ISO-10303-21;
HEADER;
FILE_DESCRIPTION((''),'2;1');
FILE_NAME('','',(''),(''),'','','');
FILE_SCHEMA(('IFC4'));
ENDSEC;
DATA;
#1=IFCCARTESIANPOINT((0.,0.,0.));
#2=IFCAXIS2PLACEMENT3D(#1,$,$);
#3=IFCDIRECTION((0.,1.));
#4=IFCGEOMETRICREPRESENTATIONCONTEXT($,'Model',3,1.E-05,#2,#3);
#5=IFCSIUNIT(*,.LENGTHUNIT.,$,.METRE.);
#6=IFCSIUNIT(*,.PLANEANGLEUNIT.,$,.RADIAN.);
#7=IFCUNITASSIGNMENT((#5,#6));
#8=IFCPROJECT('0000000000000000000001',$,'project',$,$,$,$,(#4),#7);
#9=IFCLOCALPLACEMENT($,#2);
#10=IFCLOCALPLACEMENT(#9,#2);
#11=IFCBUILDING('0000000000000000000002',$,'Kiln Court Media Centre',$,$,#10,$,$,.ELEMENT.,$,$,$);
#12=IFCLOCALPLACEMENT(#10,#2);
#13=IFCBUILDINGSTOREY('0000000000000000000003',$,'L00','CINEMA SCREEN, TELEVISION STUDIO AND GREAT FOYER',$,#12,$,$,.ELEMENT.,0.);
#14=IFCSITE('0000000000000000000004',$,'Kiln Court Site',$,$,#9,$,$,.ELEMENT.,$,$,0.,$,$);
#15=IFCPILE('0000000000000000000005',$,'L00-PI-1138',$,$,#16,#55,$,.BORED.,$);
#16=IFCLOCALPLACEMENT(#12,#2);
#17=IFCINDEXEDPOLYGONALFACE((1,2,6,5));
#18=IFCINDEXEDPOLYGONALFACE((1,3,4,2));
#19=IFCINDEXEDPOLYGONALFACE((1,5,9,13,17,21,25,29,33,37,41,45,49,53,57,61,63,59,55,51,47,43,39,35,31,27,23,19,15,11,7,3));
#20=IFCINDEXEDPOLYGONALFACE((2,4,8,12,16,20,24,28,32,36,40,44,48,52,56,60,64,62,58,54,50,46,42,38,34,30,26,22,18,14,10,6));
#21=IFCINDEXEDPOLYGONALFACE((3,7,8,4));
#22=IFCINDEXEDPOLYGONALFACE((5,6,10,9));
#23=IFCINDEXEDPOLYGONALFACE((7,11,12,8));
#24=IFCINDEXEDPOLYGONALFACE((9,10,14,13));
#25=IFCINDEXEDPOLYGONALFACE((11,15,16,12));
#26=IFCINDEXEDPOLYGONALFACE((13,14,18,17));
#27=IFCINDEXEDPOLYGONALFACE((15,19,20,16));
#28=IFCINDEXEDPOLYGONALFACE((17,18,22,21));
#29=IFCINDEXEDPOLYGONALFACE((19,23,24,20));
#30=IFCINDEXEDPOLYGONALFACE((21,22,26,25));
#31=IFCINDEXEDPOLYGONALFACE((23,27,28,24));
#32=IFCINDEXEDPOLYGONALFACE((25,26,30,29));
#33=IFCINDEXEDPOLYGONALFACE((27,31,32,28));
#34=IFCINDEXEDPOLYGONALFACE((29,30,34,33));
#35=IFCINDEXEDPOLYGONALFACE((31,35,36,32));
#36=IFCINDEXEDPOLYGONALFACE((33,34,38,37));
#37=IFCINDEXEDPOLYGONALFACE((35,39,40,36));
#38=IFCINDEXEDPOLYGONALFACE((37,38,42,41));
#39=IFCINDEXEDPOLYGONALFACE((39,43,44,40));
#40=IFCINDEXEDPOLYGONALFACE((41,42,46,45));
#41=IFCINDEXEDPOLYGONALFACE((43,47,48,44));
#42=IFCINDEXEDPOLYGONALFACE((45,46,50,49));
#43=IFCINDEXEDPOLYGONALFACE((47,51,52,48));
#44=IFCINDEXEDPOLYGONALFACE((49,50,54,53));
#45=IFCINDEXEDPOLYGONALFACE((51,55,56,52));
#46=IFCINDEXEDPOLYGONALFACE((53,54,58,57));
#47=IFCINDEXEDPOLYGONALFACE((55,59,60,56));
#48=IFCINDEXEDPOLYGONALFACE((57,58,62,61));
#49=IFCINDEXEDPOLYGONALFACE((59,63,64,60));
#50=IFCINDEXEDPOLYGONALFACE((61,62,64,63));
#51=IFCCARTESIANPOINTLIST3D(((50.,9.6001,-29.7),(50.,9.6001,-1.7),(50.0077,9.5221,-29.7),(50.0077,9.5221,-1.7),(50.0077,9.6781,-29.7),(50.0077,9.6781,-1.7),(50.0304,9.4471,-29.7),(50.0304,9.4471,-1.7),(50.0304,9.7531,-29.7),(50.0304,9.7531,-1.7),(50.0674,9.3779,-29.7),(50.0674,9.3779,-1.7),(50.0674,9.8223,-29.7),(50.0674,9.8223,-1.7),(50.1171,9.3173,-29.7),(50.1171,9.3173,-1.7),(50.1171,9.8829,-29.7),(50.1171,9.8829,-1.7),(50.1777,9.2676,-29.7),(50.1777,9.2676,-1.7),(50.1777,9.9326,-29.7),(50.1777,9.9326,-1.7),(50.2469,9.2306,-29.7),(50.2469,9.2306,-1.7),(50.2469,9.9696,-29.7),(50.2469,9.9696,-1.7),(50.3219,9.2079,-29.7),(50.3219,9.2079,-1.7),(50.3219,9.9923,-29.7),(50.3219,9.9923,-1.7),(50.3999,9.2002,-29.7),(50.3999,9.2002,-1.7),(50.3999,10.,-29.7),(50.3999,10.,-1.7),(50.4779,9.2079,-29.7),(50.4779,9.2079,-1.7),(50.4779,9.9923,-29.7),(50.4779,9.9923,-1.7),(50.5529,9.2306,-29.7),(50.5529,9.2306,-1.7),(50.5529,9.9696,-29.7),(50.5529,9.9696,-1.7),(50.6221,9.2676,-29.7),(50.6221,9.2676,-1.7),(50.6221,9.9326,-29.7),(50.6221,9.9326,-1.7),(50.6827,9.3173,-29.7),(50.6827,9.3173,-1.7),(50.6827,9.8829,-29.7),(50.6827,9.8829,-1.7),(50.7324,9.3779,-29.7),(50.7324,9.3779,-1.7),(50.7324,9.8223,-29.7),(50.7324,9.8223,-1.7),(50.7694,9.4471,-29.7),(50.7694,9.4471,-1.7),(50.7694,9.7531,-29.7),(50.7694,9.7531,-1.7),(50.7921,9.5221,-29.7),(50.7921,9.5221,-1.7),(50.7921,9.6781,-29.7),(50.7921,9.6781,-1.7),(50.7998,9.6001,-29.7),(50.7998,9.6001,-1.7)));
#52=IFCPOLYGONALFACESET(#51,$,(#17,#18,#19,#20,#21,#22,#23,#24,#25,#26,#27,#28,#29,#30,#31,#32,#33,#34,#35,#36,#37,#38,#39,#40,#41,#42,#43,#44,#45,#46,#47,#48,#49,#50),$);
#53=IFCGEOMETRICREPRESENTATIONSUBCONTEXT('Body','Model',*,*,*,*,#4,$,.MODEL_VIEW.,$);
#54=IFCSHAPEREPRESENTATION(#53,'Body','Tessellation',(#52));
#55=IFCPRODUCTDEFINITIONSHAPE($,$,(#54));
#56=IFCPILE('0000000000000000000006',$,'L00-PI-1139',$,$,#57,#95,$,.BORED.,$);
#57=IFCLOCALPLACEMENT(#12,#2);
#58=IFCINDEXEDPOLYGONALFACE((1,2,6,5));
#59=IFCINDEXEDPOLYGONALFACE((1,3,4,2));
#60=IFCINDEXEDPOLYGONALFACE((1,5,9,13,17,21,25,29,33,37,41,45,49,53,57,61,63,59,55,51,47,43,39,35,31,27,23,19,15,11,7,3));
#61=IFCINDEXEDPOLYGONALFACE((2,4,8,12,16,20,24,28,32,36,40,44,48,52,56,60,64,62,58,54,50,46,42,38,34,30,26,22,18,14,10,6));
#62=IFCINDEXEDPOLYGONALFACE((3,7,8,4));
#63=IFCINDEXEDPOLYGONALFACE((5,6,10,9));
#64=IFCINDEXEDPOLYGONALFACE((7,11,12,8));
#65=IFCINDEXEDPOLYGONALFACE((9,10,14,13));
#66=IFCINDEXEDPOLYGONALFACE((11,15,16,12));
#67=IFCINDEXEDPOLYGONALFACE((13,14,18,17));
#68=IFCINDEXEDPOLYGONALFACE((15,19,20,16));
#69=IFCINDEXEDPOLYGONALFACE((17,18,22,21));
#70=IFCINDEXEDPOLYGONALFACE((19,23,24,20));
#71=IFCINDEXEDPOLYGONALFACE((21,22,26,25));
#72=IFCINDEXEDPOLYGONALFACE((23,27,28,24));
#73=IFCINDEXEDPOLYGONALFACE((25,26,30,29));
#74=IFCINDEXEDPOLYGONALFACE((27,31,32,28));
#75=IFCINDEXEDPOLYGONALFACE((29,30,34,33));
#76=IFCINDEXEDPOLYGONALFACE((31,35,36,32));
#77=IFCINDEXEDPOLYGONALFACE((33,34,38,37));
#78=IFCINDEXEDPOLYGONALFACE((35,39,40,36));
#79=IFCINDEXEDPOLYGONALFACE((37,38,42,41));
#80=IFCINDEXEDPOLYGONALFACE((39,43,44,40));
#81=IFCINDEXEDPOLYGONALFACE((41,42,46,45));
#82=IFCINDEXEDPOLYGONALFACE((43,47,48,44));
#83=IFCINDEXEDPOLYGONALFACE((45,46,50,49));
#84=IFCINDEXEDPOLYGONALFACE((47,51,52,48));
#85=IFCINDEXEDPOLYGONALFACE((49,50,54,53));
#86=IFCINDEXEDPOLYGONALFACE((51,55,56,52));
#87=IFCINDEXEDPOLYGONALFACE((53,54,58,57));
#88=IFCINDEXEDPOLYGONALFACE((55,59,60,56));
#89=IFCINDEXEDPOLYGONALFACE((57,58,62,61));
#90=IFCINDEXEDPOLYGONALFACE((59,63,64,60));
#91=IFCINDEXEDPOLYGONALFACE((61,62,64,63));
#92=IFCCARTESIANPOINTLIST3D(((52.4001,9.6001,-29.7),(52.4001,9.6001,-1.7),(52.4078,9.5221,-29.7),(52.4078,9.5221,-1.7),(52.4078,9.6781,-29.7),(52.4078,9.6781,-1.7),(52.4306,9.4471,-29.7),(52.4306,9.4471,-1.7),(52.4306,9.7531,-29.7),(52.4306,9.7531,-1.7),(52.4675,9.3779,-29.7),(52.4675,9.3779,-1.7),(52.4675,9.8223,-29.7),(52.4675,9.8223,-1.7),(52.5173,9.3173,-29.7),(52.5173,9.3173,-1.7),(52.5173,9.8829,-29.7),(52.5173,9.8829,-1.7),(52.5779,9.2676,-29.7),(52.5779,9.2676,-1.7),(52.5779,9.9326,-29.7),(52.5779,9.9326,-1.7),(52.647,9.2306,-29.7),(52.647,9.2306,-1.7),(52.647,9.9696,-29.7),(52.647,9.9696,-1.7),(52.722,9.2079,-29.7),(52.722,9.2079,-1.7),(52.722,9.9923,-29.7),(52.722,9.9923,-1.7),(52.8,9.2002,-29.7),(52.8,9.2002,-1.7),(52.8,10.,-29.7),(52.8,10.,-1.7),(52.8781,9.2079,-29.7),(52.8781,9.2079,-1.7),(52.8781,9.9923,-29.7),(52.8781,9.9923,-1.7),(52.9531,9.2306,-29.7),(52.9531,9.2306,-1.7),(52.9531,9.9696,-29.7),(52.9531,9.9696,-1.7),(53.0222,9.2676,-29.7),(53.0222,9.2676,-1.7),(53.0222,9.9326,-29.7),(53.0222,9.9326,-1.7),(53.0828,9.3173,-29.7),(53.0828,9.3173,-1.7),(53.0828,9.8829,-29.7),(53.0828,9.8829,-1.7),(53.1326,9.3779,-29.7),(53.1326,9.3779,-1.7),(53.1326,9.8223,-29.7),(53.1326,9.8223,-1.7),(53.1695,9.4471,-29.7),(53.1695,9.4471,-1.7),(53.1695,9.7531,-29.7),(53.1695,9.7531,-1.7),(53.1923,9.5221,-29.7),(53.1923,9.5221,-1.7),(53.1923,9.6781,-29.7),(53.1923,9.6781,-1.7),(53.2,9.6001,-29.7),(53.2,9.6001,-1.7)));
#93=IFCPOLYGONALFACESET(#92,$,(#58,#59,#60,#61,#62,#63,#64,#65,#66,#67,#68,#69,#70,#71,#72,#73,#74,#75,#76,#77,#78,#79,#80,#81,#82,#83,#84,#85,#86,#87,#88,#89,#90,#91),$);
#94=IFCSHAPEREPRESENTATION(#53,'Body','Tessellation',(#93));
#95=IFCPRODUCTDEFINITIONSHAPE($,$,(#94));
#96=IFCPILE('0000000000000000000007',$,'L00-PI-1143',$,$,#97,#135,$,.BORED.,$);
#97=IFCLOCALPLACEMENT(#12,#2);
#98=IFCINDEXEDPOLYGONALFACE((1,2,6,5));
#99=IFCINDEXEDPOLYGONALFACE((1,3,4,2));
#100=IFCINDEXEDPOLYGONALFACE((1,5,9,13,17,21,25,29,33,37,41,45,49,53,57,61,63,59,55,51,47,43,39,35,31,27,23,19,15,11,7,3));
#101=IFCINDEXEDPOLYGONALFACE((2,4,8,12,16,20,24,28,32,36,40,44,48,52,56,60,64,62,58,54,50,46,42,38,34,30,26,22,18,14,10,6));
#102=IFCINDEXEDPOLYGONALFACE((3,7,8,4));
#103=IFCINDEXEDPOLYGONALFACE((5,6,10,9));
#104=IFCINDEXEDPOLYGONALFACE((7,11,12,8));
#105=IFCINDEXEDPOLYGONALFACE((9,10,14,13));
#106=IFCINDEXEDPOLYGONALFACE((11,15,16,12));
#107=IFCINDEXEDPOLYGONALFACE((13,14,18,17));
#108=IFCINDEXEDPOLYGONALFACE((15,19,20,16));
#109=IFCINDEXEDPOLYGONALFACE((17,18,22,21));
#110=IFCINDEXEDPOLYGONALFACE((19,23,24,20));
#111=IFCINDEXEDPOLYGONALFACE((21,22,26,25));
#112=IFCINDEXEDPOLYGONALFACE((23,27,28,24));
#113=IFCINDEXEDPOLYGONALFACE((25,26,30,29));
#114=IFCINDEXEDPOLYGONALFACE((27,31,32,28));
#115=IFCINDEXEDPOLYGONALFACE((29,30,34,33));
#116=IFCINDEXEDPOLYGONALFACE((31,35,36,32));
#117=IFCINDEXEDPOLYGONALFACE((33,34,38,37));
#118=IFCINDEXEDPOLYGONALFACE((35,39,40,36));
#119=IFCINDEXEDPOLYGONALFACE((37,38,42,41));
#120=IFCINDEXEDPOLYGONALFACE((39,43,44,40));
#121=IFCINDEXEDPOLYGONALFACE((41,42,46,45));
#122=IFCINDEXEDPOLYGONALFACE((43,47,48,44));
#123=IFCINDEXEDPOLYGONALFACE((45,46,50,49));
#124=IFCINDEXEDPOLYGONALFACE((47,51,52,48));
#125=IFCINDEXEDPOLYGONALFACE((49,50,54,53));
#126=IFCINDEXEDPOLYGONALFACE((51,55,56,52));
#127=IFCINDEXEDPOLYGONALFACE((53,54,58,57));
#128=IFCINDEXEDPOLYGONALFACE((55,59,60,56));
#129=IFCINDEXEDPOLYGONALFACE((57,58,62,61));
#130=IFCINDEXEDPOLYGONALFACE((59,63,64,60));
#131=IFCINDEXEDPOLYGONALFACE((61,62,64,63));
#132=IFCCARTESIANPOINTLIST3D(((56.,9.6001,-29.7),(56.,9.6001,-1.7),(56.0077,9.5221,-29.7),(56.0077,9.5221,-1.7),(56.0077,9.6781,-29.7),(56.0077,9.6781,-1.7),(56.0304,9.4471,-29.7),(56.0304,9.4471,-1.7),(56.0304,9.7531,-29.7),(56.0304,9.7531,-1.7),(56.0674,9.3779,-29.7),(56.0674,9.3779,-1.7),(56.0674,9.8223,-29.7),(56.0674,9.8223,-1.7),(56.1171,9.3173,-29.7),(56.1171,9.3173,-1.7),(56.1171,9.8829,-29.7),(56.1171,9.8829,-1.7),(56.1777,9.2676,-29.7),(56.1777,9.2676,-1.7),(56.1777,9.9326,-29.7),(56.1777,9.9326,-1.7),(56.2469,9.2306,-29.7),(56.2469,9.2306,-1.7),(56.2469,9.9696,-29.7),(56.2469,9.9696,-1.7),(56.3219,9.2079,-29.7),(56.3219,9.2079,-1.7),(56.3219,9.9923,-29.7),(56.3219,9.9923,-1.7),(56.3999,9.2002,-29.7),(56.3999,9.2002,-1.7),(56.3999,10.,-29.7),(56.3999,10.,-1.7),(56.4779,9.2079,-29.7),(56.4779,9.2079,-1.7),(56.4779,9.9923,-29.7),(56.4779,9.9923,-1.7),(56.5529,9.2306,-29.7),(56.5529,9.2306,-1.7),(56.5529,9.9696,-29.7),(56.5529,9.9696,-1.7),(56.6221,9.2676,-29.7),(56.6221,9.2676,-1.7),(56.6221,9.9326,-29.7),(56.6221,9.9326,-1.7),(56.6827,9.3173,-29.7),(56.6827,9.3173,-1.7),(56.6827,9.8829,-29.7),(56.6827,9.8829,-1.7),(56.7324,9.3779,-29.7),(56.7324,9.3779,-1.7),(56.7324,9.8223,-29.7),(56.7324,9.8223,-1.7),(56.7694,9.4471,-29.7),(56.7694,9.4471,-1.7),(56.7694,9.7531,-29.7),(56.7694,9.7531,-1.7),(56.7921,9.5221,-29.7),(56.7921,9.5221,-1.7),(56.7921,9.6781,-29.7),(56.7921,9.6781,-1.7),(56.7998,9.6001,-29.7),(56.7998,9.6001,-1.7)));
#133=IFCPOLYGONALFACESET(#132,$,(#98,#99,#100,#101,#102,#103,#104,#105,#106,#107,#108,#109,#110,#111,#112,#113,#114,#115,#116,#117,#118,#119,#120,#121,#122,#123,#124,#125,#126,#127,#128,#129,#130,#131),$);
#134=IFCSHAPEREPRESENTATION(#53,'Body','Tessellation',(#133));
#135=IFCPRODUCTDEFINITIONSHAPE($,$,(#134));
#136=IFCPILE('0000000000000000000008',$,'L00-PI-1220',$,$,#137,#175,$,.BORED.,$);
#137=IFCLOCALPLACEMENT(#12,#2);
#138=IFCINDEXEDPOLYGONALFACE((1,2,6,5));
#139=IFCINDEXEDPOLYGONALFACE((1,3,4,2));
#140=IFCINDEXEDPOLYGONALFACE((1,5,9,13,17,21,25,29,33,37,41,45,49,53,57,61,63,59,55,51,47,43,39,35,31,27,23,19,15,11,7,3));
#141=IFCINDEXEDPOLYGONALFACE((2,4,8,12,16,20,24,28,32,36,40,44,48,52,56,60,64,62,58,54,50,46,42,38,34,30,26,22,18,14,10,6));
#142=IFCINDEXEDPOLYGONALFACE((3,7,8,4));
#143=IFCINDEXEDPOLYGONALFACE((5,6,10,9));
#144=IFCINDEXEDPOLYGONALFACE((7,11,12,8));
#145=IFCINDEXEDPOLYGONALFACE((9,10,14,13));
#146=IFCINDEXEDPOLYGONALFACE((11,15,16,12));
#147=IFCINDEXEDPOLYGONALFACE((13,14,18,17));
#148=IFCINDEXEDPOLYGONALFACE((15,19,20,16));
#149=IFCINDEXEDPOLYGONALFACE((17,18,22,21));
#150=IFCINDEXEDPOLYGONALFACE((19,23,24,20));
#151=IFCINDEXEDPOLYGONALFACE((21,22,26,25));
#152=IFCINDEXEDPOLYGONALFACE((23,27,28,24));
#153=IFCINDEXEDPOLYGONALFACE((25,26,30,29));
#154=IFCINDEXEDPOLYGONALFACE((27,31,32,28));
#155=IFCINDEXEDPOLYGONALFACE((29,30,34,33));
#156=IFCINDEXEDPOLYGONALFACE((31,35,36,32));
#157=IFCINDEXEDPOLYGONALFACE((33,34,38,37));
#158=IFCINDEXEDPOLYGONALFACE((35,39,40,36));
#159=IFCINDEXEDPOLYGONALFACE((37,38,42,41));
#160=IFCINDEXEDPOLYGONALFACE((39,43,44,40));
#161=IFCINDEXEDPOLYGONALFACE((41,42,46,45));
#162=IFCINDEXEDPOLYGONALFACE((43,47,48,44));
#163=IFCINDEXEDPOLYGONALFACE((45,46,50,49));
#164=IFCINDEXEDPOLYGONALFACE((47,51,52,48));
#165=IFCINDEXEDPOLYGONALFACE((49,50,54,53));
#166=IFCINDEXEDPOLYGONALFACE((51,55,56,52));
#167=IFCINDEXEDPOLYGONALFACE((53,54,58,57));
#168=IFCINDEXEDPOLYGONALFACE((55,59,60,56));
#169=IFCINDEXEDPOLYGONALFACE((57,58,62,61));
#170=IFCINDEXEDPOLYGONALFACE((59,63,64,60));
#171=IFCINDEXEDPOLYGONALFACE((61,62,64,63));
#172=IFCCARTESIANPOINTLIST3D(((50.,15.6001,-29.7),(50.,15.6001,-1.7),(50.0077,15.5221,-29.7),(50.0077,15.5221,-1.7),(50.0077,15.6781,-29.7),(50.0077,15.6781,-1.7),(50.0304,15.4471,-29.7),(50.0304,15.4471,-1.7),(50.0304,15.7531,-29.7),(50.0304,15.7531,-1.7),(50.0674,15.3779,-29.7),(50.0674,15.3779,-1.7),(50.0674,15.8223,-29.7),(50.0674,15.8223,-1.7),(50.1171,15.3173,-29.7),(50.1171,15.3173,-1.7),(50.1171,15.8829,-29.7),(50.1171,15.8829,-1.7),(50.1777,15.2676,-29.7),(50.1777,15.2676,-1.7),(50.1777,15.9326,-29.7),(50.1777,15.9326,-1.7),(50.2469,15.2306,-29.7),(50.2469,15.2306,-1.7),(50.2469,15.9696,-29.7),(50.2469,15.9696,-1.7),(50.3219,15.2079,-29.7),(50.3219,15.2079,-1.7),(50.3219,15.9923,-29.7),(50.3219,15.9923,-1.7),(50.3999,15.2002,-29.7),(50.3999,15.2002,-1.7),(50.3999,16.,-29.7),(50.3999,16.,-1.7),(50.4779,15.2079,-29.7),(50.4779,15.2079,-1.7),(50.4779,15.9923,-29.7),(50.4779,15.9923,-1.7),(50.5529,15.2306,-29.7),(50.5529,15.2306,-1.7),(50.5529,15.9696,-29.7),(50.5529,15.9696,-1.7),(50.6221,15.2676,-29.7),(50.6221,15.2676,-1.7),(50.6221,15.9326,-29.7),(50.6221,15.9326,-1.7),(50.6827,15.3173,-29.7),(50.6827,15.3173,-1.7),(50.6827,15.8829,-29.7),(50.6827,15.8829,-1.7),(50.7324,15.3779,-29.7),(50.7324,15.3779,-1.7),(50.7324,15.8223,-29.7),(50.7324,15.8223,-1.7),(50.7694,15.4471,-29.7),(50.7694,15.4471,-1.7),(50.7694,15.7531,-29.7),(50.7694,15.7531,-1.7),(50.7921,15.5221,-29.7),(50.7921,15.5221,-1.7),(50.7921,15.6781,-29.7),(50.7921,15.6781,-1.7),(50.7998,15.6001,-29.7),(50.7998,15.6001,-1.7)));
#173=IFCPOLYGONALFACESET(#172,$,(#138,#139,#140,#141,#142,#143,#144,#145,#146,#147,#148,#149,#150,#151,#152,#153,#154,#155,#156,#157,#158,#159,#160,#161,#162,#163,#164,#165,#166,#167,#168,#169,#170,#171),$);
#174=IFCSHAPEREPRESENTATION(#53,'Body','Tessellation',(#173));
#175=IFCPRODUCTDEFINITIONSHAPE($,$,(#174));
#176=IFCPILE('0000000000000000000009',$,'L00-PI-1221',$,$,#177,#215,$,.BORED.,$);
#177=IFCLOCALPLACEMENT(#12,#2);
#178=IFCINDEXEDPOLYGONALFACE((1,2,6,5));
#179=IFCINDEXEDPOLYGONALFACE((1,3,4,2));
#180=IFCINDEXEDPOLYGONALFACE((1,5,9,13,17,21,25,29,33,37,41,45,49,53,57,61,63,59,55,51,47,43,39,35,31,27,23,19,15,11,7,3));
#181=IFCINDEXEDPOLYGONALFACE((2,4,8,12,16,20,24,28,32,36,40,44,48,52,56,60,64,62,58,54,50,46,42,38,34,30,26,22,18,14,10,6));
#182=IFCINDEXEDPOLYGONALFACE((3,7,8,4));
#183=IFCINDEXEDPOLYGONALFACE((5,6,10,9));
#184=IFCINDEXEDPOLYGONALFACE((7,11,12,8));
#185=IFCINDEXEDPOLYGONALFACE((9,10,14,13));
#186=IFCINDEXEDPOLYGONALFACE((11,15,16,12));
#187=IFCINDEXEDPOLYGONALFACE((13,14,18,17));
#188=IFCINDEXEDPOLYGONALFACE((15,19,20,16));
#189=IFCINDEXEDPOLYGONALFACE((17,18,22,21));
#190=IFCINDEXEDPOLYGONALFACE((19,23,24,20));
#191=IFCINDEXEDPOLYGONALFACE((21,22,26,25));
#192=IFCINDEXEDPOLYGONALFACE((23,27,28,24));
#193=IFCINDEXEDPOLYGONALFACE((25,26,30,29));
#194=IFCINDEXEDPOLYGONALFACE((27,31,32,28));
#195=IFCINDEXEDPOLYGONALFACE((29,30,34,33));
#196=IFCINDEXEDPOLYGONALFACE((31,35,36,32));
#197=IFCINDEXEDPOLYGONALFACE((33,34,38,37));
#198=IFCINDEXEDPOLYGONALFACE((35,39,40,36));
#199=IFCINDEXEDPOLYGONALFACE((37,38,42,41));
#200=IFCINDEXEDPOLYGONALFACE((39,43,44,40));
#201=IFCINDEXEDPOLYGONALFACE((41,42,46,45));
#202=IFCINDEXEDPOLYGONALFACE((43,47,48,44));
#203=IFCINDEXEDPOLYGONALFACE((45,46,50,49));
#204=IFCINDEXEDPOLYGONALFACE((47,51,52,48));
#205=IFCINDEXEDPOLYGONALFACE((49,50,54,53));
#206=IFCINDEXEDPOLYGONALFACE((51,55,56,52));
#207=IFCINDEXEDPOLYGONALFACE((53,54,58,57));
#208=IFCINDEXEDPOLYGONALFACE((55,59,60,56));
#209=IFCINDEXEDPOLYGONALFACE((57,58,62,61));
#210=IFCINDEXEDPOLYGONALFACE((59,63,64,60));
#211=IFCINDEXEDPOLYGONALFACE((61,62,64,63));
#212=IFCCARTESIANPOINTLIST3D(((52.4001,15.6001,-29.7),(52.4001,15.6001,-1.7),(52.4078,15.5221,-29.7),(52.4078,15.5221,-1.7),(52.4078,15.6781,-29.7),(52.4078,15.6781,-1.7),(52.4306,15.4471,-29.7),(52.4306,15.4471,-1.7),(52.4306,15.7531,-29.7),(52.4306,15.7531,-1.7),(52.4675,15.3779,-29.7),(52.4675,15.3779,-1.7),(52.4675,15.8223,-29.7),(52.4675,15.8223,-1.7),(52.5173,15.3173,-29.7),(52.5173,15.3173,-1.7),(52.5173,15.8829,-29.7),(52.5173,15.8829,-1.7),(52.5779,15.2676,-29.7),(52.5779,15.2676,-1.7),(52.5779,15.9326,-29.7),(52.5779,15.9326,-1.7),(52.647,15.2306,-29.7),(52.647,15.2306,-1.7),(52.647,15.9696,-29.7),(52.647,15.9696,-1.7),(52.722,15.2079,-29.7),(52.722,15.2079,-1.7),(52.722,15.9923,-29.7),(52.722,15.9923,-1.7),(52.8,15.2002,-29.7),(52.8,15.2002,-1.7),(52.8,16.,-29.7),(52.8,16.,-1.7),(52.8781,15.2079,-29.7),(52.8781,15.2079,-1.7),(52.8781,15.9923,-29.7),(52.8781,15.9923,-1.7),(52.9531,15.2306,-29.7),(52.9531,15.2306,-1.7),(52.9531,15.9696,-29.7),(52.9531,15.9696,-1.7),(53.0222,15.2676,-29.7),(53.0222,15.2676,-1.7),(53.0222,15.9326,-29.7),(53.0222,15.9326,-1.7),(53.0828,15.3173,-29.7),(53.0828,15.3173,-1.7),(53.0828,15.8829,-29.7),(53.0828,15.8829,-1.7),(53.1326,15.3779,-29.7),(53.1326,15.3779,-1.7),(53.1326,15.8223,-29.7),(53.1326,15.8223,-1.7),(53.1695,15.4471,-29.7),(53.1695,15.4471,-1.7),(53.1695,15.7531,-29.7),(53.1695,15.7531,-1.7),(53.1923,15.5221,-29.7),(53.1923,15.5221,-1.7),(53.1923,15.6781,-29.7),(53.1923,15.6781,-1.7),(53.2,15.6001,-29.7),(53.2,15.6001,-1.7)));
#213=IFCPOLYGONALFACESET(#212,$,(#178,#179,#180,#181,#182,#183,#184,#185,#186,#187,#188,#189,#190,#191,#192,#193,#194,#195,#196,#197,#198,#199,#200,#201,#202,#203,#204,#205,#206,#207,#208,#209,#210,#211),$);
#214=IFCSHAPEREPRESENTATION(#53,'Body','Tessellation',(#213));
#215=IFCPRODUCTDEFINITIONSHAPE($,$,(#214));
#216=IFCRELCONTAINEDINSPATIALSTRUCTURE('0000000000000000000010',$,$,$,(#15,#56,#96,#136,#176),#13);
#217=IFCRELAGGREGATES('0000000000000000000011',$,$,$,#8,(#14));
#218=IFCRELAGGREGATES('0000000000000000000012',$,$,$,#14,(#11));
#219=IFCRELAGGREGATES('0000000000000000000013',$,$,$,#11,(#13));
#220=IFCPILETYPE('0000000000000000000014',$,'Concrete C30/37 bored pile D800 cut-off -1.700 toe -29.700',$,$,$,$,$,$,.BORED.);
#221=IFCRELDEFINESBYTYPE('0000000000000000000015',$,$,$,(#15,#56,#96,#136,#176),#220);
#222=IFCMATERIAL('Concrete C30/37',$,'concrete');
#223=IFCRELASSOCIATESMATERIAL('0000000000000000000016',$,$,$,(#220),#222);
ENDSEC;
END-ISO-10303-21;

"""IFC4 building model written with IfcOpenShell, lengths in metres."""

from ifc_helpers import new_model, si_unit, direction, frame, origin, origin_2d, place, context, subcontext, project, spatial, circle, extrude, material, material_profile, profile_set, type_object, element, save


model = new_model("IFC4")

# Units and contexts
model_context = context("Model", 3, precision=1e-05, world=origin(), true_north=direction((0.0, 1.0)))
body_context = subcontext(model_context, "Body", "Model", "MODEL_VIEW")
ifc_project = project(units=[si_unit("LENGTHUNIT", "METRE"), si_unit("PLANEANGLEUNIT", "RADIAN")], contexts=[model_context])

# Site, building, storey
site_placement = place(None, origin())
site = spatial("IfcSite", under=ifc_project, at=site_placement, Name="Kiln Court Site", CompositionType="ELEMENT", RefElevation=0.0)
building_placement = place(site_placement, origin())
building = spatial("IfcBuilding", under=site, at=building_placement, Name="Kiln Court Media Centre", CompositionType="ELEMENT")
storey_placement = place(building_placement, origin())
storey = spatial("IfcBuildingStorey", under=building, at=storey_placement, Name="L00", Description="CINEMA SCREEN, TELEVISION STUDIO AND GREAT FOYER", CompositionType="ELEMENT", Elevation=0.0)

# Piles
ifc_material_1 = material(Name="Concrete C30/37", Category="concrete")
ifc_material_profile_1 = material_profile(ifc_material_1, circle(Radius=0.3999, at=origin_2d()), Name="PILE D800")
ifc_profile_set_1 = profile_set([ifc_material_profile_1], Name="Concrete C30/37")
pile_type = type_object("IfcPileType", Name="Concrete C30/37 bored pile D800 cut-off -1.700 toe -29.700", PredefinedType="BORED", material=ifc_profile_set_1)
for number, where, z_axis, x_axis, name in (
    (1, (50.3999, 9.6001, -1.7), (0.0, 0.0, -1.0), (1.0, 0.0, 0.0), "L00-PI-1138"),
    (2, (52.8, 9.6001, -1.7), (0.0, 0.0, -1.0), (1.0, 0.0, 0.0), "L00-PI-1139"),
    (3, (56.3999, 9.6001, -1.7), (0.0, 0.0, -1.0), (1.0, 0.0, 0.0), "L00-PI-1143"),
    (4, (50.3999, 15.6001, -1.7), (0.0, 0.0, -1.0), (1.0, 0.0, 0.0), "L00-PI-1220"),
    (5, (52.8, 15.6001, -1.7), (0.0, 0.0, -1.0), (1.0, 0.0, 0.0), "L00-PI-1221"),
):
    element("IfcPile", number, at=place(storey_placement, frame(where, z_axis=z_axis, x_axis=x_axis)), inside=storey, type_object=pile_type, Name=name, PredefinedType="BORED", context=body_context, shape_type="SweptSolid", body=[
        extrude(circle(Radius=0.3999, at=origin_2d()), origin(), (0.0, 0.0, 1.0), 28.0),
    ])

save(model, "model.ifc")
